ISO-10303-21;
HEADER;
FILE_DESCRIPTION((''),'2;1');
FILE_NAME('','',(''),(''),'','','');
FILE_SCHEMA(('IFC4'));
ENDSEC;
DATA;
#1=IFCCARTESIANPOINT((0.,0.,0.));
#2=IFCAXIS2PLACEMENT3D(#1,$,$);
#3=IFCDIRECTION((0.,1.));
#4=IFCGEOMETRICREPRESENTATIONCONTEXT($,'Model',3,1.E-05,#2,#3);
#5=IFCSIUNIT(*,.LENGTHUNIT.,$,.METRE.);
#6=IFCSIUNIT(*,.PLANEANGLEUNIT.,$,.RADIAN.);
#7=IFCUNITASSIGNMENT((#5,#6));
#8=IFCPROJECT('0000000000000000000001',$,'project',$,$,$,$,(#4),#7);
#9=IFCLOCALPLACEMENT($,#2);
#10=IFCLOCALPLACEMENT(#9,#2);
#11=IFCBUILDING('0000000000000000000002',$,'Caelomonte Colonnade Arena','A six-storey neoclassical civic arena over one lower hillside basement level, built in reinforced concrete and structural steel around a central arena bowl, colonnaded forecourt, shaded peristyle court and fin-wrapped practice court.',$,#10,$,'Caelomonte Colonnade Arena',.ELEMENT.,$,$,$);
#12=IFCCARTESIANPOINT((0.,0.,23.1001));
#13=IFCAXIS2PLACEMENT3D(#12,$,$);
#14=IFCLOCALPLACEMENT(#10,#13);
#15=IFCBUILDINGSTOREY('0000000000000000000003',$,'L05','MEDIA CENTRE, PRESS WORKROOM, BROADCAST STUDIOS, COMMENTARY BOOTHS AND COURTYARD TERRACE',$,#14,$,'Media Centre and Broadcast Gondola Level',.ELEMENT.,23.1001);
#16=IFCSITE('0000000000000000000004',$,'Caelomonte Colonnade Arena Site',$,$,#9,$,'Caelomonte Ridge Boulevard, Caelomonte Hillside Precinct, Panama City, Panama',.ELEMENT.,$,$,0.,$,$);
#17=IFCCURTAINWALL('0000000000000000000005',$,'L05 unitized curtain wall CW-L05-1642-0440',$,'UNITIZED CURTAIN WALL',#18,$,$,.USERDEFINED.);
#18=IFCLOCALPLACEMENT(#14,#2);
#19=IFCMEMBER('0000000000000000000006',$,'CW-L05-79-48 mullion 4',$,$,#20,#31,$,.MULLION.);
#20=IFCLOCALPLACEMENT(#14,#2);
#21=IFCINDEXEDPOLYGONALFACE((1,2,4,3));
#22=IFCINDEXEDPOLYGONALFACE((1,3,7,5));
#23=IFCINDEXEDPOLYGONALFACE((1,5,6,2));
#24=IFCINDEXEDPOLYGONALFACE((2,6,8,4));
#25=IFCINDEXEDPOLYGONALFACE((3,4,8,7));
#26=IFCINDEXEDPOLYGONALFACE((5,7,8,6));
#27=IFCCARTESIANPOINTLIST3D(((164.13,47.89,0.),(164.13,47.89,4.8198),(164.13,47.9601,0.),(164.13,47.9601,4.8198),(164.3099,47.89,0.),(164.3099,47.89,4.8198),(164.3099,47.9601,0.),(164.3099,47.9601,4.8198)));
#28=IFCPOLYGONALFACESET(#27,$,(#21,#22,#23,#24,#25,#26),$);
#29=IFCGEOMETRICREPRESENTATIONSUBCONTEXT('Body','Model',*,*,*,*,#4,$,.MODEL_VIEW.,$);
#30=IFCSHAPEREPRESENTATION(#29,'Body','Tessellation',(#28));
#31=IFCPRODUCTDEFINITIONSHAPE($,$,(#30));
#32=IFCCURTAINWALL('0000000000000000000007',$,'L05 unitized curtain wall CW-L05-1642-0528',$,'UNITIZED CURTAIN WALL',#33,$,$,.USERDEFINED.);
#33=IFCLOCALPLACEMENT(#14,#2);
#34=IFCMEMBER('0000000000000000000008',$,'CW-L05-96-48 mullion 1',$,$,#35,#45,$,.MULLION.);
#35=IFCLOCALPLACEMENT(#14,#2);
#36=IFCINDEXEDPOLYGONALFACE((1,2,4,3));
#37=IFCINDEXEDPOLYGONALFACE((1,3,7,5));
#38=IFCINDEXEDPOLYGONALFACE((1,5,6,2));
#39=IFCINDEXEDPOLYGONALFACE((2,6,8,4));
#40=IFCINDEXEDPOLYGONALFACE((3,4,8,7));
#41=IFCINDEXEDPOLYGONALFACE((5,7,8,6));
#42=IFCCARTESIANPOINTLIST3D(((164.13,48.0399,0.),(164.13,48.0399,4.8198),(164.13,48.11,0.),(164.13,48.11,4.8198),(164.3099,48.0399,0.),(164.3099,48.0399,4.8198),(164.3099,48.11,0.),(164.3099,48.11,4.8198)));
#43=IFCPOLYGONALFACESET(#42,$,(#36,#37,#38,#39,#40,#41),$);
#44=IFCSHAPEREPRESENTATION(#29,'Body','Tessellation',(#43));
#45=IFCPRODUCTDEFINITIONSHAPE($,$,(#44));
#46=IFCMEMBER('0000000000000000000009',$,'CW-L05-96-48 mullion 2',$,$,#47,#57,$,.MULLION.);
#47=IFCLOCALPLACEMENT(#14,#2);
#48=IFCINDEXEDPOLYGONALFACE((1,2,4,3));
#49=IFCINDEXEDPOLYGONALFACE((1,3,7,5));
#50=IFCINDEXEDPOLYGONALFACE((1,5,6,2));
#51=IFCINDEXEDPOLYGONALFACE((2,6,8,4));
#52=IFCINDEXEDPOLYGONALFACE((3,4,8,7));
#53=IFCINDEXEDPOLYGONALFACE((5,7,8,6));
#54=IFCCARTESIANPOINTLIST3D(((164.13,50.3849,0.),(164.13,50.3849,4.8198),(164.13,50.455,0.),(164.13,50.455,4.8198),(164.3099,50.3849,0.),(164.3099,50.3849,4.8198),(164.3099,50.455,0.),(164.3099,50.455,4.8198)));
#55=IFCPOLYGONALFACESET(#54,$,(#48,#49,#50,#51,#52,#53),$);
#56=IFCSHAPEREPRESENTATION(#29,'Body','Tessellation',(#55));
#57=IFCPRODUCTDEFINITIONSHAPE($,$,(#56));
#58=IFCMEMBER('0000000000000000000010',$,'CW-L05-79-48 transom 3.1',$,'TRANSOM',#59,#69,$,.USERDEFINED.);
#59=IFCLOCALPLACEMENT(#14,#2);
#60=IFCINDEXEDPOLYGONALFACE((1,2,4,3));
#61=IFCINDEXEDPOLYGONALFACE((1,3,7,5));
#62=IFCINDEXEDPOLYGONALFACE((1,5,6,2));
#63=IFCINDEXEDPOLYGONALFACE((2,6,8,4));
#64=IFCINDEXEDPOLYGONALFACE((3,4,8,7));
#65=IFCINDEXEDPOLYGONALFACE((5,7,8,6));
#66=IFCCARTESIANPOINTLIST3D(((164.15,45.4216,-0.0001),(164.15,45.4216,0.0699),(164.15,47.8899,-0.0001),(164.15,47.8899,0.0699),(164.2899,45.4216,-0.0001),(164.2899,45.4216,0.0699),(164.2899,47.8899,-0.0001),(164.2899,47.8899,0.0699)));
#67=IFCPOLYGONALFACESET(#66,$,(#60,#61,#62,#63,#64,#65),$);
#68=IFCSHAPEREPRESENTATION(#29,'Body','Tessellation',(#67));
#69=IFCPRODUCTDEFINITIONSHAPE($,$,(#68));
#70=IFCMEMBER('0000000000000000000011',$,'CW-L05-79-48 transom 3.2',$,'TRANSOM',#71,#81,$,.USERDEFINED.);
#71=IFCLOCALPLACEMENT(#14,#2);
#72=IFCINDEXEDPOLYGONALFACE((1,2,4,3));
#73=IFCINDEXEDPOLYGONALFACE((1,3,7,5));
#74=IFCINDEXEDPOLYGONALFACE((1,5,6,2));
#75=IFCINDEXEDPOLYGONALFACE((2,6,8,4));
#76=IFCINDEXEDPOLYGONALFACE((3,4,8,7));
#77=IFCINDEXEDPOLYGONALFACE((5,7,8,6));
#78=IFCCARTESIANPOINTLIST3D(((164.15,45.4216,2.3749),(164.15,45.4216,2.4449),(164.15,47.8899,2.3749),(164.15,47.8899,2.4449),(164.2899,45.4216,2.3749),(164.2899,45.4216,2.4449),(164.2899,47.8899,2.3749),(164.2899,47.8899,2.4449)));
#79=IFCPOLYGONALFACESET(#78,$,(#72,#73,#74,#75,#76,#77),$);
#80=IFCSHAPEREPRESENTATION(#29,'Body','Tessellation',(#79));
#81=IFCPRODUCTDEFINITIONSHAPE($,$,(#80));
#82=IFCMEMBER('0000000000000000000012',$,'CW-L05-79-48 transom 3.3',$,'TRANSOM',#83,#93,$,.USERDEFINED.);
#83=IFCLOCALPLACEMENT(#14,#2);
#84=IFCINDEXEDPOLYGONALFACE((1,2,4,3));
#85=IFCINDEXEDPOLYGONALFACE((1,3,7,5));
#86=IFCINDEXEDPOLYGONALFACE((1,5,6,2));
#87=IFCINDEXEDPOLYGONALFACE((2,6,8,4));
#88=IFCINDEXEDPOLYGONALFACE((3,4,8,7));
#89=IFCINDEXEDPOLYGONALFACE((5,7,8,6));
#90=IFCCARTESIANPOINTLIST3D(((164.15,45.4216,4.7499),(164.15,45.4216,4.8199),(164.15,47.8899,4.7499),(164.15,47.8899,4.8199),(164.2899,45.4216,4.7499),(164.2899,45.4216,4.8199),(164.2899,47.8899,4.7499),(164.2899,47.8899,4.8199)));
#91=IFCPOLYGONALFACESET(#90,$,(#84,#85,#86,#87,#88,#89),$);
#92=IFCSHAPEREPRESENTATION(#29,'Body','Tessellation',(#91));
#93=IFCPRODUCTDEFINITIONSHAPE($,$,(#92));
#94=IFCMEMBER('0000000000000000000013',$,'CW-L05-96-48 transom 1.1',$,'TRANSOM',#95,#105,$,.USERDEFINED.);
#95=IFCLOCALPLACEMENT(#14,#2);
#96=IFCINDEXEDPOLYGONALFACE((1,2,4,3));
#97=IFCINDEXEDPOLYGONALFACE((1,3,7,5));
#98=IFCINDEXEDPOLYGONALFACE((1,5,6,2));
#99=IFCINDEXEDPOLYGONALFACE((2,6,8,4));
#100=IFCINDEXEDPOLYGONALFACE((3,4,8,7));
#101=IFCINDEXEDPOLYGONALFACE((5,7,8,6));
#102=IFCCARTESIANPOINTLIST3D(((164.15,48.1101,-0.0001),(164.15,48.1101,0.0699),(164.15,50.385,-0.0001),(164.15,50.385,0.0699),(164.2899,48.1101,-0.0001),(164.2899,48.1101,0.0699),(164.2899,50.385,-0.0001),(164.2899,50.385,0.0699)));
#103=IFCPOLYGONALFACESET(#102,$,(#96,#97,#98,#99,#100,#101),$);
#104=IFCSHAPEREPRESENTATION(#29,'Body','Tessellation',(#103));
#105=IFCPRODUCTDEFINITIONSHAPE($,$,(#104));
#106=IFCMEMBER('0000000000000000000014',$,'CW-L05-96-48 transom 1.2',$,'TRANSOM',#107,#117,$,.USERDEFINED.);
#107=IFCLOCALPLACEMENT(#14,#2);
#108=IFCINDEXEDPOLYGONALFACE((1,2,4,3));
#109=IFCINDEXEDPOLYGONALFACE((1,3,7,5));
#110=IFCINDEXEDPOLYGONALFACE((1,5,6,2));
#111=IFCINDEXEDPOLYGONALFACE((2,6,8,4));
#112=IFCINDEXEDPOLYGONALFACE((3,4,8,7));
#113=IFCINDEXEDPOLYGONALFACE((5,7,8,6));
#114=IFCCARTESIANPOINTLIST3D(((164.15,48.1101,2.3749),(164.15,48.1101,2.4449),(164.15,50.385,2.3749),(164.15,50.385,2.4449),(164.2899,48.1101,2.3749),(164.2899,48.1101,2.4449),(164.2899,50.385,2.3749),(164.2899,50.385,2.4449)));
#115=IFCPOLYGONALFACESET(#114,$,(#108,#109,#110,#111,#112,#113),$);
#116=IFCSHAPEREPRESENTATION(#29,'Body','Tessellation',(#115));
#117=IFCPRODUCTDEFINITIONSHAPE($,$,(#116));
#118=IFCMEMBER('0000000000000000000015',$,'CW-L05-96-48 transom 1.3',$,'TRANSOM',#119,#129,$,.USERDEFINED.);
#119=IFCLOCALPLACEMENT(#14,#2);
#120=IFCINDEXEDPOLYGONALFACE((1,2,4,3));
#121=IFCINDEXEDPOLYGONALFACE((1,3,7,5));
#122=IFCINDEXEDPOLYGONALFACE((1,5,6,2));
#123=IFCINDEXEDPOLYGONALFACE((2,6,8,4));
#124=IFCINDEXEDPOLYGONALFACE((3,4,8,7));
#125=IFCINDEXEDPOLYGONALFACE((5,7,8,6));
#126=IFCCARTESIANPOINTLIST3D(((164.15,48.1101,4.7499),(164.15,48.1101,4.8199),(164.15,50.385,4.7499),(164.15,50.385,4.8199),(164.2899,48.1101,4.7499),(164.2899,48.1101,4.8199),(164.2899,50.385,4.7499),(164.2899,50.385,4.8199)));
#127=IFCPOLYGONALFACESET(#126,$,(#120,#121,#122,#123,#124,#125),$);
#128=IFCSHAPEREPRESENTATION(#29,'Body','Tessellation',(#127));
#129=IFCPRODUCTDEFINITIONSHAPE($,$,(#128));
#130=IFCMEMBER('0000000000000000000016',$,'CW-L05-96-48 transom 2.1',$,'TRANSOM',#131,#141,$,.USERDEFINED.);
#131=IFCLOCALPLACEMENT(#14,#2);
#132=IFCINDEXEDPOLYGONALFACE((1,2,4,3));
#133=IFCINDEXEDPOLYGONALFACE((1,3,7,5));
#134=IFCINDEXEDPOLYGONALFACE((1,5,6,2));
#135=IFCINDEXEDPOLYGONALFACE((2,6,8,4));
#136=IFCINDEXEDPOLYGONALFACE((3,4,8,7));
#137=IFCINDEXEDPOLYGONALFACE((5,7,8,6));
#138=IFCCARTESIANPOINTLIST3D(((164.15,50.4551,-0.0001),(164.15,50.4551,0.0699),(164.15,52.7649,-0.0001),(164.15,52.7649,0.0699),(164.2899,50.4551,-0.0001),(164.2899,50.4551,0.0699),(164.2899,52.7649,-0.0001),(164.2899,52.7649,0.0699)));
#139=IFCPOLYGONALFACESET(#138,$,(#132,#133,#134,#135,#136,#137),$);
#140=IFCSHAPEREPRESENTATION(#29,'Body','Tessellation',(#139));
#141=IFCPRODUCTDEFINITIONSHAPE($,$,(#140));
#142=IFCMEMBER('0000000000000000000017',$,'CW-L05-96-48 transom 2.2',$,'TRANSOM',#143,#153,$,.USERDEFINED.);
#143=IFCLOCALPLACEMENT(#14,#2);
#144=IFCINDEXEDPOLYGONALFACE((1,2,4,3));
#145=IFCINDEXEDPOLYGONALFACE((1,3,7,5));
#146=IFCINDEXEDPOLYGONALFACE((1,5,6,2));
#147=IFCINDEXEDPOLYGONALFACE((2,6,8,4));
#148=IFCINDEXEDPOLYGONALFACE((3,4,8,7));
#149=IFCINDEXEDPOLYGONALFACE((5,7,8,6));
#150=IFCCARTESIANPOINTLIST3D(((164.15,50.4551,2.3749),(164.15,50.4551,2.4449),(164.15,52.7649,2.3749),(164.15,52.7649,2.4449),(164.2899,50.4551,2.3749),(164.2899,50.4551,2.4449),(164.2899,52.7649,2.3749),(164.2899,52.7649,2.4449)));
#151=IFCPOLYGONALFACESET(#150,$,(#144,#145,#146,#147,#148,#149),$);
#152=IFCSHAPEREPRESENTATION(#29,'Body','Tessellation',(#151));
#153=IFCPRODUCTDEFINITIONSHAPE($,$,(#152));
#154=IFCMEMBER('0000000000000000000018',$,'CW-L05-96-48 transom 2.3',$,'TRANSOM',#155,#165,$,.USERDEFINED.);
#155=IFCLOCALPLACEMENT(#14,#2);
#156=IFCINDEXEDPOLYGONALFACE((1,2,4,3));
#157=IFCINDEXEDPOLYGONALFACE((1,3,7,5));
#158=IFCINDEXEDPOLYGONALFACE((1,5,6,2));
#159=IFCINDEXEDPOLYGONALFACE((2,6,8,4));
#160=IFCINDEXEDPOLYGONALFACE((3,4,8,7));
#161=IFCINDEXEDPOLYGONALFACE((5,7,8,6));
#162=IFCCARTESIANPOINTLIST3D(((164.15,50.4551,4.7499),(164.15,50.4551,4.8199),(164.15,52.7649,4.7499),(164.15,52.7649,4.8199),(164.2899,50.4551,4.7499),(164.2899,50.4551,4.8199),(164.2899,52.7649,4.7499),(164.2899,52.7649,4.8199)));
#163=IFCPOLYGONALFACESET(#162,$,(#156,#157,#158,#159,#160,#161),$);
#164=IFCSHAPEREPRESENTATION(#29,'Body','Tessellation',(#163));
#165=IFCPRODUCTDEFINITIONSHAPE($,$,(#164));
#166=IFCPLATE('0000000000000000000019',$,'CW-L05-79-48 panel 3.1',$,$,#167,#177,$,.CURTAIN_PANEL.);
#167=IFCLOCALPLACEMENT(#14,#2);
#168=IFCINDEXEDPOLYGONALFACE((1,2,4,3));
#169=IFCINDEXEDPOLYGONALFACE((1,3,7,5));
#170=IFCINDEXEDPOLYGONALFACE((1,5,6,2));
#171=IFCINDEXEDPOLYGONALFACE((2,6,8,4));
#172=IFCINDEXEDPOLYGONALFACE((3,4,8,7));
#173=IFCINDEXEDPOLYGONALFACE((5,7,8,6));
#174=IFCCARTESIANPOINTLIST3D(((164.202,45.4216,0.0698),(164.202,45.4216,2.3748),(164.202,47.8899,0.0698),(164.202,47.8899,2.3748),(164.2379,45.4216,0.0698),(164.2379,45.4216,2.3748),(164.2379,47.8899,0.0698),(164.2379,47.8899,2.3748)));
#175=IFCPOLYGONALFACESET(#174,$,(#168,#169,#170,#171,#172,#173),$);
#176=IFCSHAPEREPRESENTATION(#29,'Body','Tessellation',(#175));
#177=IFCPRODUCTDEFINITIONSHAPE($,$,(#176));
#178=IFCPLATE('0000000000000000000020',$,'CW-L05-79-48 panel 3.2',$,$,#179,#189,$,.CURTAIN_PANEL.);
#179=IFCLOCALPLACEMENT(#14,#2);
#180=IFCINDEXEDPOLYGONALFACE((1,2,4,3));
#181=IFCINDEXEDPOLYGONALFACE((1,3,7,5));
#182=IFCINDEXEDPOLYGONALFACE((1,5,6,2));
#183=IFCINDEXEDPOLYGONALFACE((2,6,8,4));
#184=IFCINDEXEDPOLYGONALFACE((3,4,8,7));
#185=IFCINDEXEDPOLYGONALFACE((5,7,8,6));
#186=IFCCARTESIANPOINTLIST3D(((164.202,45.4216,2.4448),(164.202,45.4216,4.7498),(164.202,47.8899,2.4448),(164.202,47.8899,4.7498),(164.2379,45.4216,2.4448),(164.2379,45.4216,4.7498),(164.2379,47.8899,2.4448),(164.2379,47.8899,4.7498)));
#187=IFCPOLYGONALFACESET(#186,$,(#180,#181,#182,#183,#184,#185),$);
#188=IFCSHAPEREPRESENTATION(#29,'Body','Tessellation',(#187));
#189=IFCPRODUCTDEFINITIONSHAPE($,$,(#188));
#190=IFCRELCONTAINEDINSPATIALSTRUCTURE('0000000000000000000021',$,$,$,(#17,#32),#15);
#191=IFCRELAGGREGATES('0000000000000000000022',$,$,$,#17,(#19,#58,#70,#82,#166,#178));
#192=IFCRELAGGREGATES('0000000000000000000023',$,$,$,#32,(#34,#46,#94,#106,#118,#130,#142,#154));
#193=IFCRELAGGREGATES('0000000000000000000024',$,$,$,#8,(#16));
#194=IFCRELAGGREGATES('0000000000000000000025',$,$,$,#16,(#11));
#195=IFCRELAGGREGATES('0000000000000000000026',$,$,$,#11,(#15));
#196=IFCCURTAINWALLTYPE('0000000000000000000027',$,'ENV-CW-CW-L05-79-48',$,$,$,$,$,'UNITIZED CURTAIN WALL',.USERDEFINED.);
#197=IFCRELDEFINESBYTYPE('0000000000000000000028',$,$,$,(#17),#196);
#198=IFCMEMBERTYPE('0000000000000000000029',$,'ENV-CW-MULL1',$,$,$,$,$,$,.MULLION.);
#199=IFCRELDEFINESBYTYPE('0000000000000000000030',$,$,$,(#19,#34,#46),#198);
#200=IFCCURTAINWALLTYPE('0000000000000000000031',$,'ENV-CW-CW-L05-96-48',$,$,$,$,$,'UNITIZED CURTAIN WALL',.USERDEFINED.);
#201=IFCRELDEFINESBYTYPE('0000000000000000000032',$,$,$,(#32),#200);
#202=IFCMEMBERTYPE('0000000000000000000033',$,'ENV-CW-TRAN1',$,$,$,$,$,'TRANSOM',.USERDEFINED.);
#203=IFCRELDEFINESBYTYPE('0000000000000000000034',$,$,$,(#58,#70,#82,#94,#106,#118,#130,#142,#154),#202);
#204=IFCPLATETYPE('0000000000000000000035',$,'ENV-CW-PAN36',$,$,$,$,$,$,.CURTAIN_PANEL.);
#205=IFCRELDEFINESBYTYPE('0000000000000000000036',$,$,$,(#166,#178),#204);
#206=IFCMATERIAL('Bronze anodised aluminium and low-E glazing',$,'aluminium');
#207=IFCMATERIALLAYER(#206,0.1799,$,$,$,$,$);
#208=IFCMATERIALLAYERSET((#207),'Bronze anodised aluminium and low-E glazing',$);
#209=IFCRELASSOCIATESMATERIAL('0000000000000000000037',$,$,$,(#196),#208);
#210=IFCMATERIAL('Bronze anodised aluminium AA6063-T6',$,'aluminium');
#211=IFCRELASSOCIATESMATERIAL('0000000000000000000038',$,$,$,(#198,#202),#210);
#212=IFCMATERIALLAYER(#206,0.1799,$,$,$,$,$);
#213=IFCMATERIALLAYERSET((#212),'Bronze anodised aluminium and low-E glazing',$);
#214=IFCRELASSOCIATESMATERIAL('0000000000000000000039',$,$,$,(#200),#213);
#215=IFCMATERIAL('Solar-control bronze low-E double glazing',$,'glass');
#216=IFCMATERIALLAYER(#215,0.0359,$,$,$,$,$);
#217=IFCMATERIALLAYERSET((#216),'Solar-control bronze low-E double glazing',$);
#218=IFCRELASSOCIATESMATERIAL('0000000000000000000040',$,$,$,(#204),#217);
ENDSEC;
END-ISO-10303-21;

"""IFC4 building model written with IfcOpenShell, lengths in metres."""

from ifc_helpers import new_model, si_unit, direction, frame, origin, origin_2d, place, context, subcontext, project, spatial, rectangle, extrude, material, layer, layer_set, material_profile, profile_set, type_object, element, aggregate, save


model = new_model("IFC4")

# Units and contexts
model_context = context("Model", 3, precision=1e-05, world=origin(), true_north=direction((0.0, 1.0)))
body_context = subcontext(model_context, "Body", "Model", "MODEL_VIEW")
ifc_project = project(units=[si_unit("LENGTHUNIT", "METRE"), si_unit("PLANEANGLEUNIT", "RADIAN")], contexts=[model_context])

# Site, building, storey
site_placement = place(None, origin())
site = spatial("IfcSite", under=ifc_project, at=site_placement, Name="Caelomonte Colonnade Arena Site", LongName="Caelomonte Ridge Boulevard, Caelomonte Hillside Precinct, Panama City, Panama", CompositionType="ELEMENT", RefElevation=0.0)
building_placement = place(site_placement, origin())
building = spatial("IfcBuilding", under=site, at=building_placement, Name="Caelomonte Colonnade Arena", Description="A six-storey neoclassical civic arena over one lower hillside basement level, built in reinforced concrete and structural steel around a central arena bowl, colonnaded forecourt, shaded peristyle court and fin-wrapped practice court.", LongName="Caelomonte Colonnade Arena", CompositionType="ELEMENT")
storey_placement = place(building_placement, frame((0.0, 0.0, 23.1001)))
storey = spatial("IfcBuildingStorey", under=building, at=storey_placement, Name="L05", Description="MEDIA CENTRE, PRESS WORKROOM, BROADCAST STUDIOS, COMMENTARY BOOTHS AND COURTYARD TERRACE", LongName="Media Centre and Broadcast Gondola Level", CompositionType="ELEMENT", Elevation=23.1001)

# Curtain wall, member
ifc_material_1 = material(Name="Bronze anodised aluminium and low-E glazing", Category="aluminium")
ifc_layer_1 = layer(ifc_material_1, 0.1799)
ifc_layer_set_1 = layer_set([ifc_layer_1], Name="Bronze anodised aluminium and low-E glazing")
curtain_wall_type_1 = type_object("IfcCurtainWallType", Name="ENV-CW-CW-L05-79-48", ElementType="UNITIZED CURTAIN WALL", PredefinedType="USERDEFINED", material=ifc_layer_set_1)
curtain_wall_1_placement = place(storey_placement, origin())
curtain_wall_1 = element("IfcCurtainWall", 1, at=curtain_wall_1_placement, inside=storey, type_object=curtain_wall_type_1, Name="L05 unitized curtain wall CW-L05-1642-0440", ObjectType="UNITIZED CURTAIN WALL", PredefinedType="USERDEFINED")
ifc_material_2 = material(Name="Bronze anodised aluminium AA6063-T6", Category="aluminium")
ifc_material_profile_1 = material_profile(ifc_material_2, rectangle(XDim=0.0701, YDim=0.1799, at=origin_2d()), Name="CWM-70X180")
ifc_profile_set_1 = profile_set([ifc_material_profile_1], Name="Bronze anodised aluminium AA6063-T6")
member_type_1 = type_object("IfcMemberType", Name="ENV-CW-MULL1", PredefinedType="MULLION", material=ifc_profile_set_1)
member_1_placement = place(storey_placement, frame((164.22, 47.925, 0.0), z_axis=(0.0, 0.0, 1.0), x_axis=(0.0, 1.0, 0.0)))
member_1 = element("IfcMember", 2, at=member_1_placement, type_object=member_type_1, Name="CW-L05-79-48 mullion 4", PredefinedType="MULLION", context=body_context, shape_type="SweptSolid", body=[
    extrude(rectangle(XDim=0.0701, YDim=0.1799, at=origin_2d()), origin(), (0.0, 0.0, 1.0), 4.8198),
])

# Curtain wall, members
ifc_layer_2 = layer(ifc_material_1, 0.1799)
ifc_layer_set_2 = layer_set([ifc_layer_2], Name="Bronze anodised aluminium and low-E glazing")
curtain_wall_type_2 = type_object("IfcCurtainWallType", Name="ENV-CW-CW-L05-96-48", ElementType="UNITIZED CURTAIN WALL", PredefinedType="USERDEFINED", material=ifc_layer_set_2)
curtain_wall_2_placement = place(storey_placement, origin())
curtain_wall_2 = element("IfcCurtainWall", 3, at=curtain_wall_2_placement, inside=storey, type_object=curtain_wall_type_2, Name="L05 unitized curtain wall CW-L05-1642-0528", ObjectType="UNITIZED CURTAIN WALL", PredefinedType="USERDEFINED")
member_2_placement = place(storey_placement, frame((164.22, 48.075, 0.0), z_axis=(0.0, 0.0, 1.0), x_axis=(0.0, 1.0, 0.0)))
member_2 = element("IfcMember", 4, at=member_2_placement, type_object=member_type_1, Name="CW-L05-96-48 mullion 1", PredefinedType="MULLION", context=body_context, shape_type="SweptSolid", body=[
    extrude(rectangle(XDim=0.0701, YDim=0.1799, at=origin_2d()), origin(), (0.0, 0.0, 1.0), 4.8198),
])
member_3_placement = place(storey_placement, frame((164.22, 50.4199, 0.0), z_axis=(0.0, 0.0, 1.0), x_axis=(0.0, 1.0, 0.0)))
member_3 = element("IfcMember", 5, at=member_3_placement, type_object=member_type_1, Name="CW-L05-96-48 mullion 2", PredefinedType="MULLION", context=body_context, shape_type="SweptSolid", body=[
    extrude(rectangle(XDim=0.0701, YDim=0.1799, at=origin_2d()), origin(), (0.0, 0.0, 1.0), 4.8198),
])

# Members
ifc_material_profile_2 = material_profile(ifc_material_2, rectangle(XDim=0.0701, YDim=0.1399, at=origin_2d()), Name="CWT-70X140")
ifc_profile_set_2 = profile_set([ifc_material_profile_2], Name="Bronze anodised aluminium AA6063-T6")
member_type_2 = type_object("IfcMemberType", Name="ENV-CW-TRAN1", ElementType="TRANSOM", PredefinedType="USERDEFINED", material=ifc_profile_set_2)
member_4_placement = place(storey_placement, frame((164.22, 45.4216, 0.0349), z_axis=(0.0, 1.0, 0.0), x_axis=(0.0, 0.0, 1.0)))
member_4 = element("IfcMember", 6, at=member_4_placement, type_object=member_type_2, Name="CW-L05-79-48 transom 3.1", ObjectType="TRANSOM", PredefinedType="USERDEFINED", context=body_context, shape_type="SweptSolid", body=[
    extrude(rectangle(XDim=0.0701, YDim=0.1399, at=origin_2d()), origin(), (0.0, 0.0, 1.0), 2.4683),
])
member_5_placement = place(storey_placement, frame((164.22, 45.4216, 2.4099), z_axis=(0.0, 1.0, 0.0), x_axis=(0.0, 0.0, 1.0)))
member_5 = element("IfcMember", 7, at=member_5_placement, type_object=member_type_2, Name="CW-L05-79-48 transom 3.2", ObjectType="TRANSOM", PredefinedType="USERDEFINED", context=body_context, shape_type="SweptSolid", body=[
    extrude(rectangle(XDim=0.0701, YDim=0.1399, at=origin_2d()), origin(), (0.0, 0.0, 1.0), 2.4683),
])
member_6_placement = place(storey_placement, frame((164.22, 45.4216, 4.7849), z_axis=(0.0, 1.0, 0.0), x_axis=(0.0, 0.0, 1.0)))
member_6 = element("IfcMember", 8, at=member_6_placement, type_object=member_type_2, Name="CW-L05-79-48 transom 3.3", ObjectType="TRANSOM", PredefinedType="USERDEFINED", context=body_context, shape_type="SweptSolid", body=[
    extrude(rectangle(XDim=0.0701, YDim=0.1399, at=origin_2d()), origin(), (0.0, 0.0, 1.0), 2.4683),
])
member_7_placement = place(storey_placement, frame((164.22, 48.1101, 0.0349), z_axis=(0.0, 1.0, 0.0), x_axis=(0.0, 0.0, 1.0)))
member_7 = element("IfcMember", 9, at=member_7_placement, type_object=member_type_2, Name="CW-L05-96-48 transom 1.1", ObjectType="TRANSOM", PredefinedType="USERDEFINED", context=body_context, shape_type="SweptSolid", body=[
    extrude(rectangle(XDim=0.0701, YDim=0.1399, at=origin_2d()), origin(), (0.0, 0.0, 1.0), 2.2749),
])
member_8_placement = place(storey_placement, frame((164.22, 48.1101, 2.4099), z_axis=(0.0, 1.0, 0.0), x_axis=(0.0, 0.0, 1.0)))
member_8 = element("IfcMember", 10, at=member_8_placement, type_object=member_type_2, Name="CW-L05-96-48 transom 1.2", ObjectType="TRANSOM", PredefinedType="USERDEFINED", context=body_context, shape_type="SweptSolid", body=[
    extrude(rectangle(XDim=0.0701, YDim=0.1399, at=origin_2d()), origin(), (0.0, 0.0, 1.0), 2.2749),
])
member_9_placement = place(storey_placement, frame((164.22, 48.1101, 4.7849), z_axis=(0.0, 1.0, 0.0), x_axis=(0.0, 0.0, 1.0)))
member_9 = element("IfcMember", 11, at=member_9_placement, type_object=member_type_2, Name="CW-L05-96-48 transom 1.3", ObjectType="TRANSOM", PredefinedType="USERDEFINED", context=body_context, shape_type="SweptSolid", body=[
    extrude(rectangle(XDim=0.0701, YDim=0.1399, at=origin_2d()), origin(), (0.0, 0.0, 1.0), 2.2749),
])
member_10_placement = place(storey_placement, frame((164.22, 50.4551, 0.0349), z_axis=(0.0, 1.0, 0.0), x_axis=(0.0, 0.0, 1.0)))
member_10 = element("IfcMember", 12, at=member_10_placement, type_object=member_type_2, Name="CW-L05-96-48 transom 2.1", ObjectType="TRANSOM", PredefinedType="USERDEFINED", context=body_context, shape_type="SweptSolid", body=[
    extrude(rectangle(XDim=0.0701, YDim=0.1399, at=origin_2d()), origin(), (0.0, 0.0, 1.0), 2.3098),
])
member_11_placement = place(storey_placement, frame((164.22, 50.4551, 2.4099), z_axis=(0.0, 1.0, 0.0), x_axis=(0.0, 0.0, 1.0)))
member_11 = element("IfcMember", 13, at=member_11_placement, type_object=member_type_2, Name="CW-L05-96-48 transom 2.2", ObjectType="TRANSOM", PredefinedType="USERDEFINED", context=body_context, shape_type="SweptSolid", body=[
    extrude(rectangle(XDim=0.0701, YDim=0.1399, at=origin_2d()), origin(), (0.0, 0.0, 1.0), 2.3098),
])
member_12_placement = place(storey_placement, frame((164.22, 50.4551, 4.7849), z_axis=(0.0, 1.0, 0.0), x_axis=(0.0, 0.0, 1.0)))
member_12 = element("IfcMember", 14, at=member_12_placement, type_object=member_type_2, Name="CW-L05-96-48 transom 2.3", ObjectType="TRANSOM", PredefinedType="USERDEFINED", context=body_context, shape_type="SweptSolid", body=[
    extrude(rectangle(XDim=0.0701, YDim=0.1399, at=origin_2d()), origin(), (0.0, 0.0, 1.0), 2.3098),
])

# Plates
ifc_material_3 = material(Name="Solar-control bronze low-E double glazing", Category="glass")
ifc_layer_3 = layer(ifc_material_3, 0.0359)
ifc_layer_set_3 = layer_set([ifc_layer_3], Name="Solar-control bronze low-E double glazing")
plate_type = type_object("IfcPlateType", Name="ENV-CW-PAN36", PredefinedType="CURTAIN_PANEL", material=ifc_layer_set_3)
plate_1_placement = place(storey_placement, frame((164.22, 46.6558, 0.0698), z_axis=(0.0, 0.0, 1.0), x_axis=(0.0, 1.0, 0.0)))
plate_1 = element("IfcPlate", 15, at=plate_1_placement, type_object=plate_type, Name="CW-L05-79-48 panel 3.1", PredefinedType="CURTAIN_PANEL", context=body_context, shape_type="SweptSolid", body=[
    extrude(rectangle(XDim=2.4683, YDim=0.0359, at=origin_2d()), origin(), (0.0, 0.0, 1.0), 2.3049),
])
plate_2_placement = place(storey_placement, frame((164.22, 46.6558, 2.4448), z_axis=(0.0, 0.0, 1.0), x_axis=(0.0, 1.0, 0.0)))
plate_2 = element("IfcPlate", 16, at=plate_2_placement, type_object=plate_type, Name="CW-L05-79-48 panel 3.2", PredefinedType="CURTAIN_PANEL", context=body_context, shape_type="SweptSolid", body=[
    extrude(rectangle(XDim=2.4683, YDim=0.0359, at=origin_2d()), origin(), (0.0, 0.0, 1.0), 2.3049),
])
aggregate(curtain_wall_1, [member_1, member_4, member_5, member_6, plate_1, plate_2])
aggregate(curtain_wall_2, [member_2, member_3, member_7, member_8, member_9, member_10, member_11, member_12])

save(model, "model.ifc")
